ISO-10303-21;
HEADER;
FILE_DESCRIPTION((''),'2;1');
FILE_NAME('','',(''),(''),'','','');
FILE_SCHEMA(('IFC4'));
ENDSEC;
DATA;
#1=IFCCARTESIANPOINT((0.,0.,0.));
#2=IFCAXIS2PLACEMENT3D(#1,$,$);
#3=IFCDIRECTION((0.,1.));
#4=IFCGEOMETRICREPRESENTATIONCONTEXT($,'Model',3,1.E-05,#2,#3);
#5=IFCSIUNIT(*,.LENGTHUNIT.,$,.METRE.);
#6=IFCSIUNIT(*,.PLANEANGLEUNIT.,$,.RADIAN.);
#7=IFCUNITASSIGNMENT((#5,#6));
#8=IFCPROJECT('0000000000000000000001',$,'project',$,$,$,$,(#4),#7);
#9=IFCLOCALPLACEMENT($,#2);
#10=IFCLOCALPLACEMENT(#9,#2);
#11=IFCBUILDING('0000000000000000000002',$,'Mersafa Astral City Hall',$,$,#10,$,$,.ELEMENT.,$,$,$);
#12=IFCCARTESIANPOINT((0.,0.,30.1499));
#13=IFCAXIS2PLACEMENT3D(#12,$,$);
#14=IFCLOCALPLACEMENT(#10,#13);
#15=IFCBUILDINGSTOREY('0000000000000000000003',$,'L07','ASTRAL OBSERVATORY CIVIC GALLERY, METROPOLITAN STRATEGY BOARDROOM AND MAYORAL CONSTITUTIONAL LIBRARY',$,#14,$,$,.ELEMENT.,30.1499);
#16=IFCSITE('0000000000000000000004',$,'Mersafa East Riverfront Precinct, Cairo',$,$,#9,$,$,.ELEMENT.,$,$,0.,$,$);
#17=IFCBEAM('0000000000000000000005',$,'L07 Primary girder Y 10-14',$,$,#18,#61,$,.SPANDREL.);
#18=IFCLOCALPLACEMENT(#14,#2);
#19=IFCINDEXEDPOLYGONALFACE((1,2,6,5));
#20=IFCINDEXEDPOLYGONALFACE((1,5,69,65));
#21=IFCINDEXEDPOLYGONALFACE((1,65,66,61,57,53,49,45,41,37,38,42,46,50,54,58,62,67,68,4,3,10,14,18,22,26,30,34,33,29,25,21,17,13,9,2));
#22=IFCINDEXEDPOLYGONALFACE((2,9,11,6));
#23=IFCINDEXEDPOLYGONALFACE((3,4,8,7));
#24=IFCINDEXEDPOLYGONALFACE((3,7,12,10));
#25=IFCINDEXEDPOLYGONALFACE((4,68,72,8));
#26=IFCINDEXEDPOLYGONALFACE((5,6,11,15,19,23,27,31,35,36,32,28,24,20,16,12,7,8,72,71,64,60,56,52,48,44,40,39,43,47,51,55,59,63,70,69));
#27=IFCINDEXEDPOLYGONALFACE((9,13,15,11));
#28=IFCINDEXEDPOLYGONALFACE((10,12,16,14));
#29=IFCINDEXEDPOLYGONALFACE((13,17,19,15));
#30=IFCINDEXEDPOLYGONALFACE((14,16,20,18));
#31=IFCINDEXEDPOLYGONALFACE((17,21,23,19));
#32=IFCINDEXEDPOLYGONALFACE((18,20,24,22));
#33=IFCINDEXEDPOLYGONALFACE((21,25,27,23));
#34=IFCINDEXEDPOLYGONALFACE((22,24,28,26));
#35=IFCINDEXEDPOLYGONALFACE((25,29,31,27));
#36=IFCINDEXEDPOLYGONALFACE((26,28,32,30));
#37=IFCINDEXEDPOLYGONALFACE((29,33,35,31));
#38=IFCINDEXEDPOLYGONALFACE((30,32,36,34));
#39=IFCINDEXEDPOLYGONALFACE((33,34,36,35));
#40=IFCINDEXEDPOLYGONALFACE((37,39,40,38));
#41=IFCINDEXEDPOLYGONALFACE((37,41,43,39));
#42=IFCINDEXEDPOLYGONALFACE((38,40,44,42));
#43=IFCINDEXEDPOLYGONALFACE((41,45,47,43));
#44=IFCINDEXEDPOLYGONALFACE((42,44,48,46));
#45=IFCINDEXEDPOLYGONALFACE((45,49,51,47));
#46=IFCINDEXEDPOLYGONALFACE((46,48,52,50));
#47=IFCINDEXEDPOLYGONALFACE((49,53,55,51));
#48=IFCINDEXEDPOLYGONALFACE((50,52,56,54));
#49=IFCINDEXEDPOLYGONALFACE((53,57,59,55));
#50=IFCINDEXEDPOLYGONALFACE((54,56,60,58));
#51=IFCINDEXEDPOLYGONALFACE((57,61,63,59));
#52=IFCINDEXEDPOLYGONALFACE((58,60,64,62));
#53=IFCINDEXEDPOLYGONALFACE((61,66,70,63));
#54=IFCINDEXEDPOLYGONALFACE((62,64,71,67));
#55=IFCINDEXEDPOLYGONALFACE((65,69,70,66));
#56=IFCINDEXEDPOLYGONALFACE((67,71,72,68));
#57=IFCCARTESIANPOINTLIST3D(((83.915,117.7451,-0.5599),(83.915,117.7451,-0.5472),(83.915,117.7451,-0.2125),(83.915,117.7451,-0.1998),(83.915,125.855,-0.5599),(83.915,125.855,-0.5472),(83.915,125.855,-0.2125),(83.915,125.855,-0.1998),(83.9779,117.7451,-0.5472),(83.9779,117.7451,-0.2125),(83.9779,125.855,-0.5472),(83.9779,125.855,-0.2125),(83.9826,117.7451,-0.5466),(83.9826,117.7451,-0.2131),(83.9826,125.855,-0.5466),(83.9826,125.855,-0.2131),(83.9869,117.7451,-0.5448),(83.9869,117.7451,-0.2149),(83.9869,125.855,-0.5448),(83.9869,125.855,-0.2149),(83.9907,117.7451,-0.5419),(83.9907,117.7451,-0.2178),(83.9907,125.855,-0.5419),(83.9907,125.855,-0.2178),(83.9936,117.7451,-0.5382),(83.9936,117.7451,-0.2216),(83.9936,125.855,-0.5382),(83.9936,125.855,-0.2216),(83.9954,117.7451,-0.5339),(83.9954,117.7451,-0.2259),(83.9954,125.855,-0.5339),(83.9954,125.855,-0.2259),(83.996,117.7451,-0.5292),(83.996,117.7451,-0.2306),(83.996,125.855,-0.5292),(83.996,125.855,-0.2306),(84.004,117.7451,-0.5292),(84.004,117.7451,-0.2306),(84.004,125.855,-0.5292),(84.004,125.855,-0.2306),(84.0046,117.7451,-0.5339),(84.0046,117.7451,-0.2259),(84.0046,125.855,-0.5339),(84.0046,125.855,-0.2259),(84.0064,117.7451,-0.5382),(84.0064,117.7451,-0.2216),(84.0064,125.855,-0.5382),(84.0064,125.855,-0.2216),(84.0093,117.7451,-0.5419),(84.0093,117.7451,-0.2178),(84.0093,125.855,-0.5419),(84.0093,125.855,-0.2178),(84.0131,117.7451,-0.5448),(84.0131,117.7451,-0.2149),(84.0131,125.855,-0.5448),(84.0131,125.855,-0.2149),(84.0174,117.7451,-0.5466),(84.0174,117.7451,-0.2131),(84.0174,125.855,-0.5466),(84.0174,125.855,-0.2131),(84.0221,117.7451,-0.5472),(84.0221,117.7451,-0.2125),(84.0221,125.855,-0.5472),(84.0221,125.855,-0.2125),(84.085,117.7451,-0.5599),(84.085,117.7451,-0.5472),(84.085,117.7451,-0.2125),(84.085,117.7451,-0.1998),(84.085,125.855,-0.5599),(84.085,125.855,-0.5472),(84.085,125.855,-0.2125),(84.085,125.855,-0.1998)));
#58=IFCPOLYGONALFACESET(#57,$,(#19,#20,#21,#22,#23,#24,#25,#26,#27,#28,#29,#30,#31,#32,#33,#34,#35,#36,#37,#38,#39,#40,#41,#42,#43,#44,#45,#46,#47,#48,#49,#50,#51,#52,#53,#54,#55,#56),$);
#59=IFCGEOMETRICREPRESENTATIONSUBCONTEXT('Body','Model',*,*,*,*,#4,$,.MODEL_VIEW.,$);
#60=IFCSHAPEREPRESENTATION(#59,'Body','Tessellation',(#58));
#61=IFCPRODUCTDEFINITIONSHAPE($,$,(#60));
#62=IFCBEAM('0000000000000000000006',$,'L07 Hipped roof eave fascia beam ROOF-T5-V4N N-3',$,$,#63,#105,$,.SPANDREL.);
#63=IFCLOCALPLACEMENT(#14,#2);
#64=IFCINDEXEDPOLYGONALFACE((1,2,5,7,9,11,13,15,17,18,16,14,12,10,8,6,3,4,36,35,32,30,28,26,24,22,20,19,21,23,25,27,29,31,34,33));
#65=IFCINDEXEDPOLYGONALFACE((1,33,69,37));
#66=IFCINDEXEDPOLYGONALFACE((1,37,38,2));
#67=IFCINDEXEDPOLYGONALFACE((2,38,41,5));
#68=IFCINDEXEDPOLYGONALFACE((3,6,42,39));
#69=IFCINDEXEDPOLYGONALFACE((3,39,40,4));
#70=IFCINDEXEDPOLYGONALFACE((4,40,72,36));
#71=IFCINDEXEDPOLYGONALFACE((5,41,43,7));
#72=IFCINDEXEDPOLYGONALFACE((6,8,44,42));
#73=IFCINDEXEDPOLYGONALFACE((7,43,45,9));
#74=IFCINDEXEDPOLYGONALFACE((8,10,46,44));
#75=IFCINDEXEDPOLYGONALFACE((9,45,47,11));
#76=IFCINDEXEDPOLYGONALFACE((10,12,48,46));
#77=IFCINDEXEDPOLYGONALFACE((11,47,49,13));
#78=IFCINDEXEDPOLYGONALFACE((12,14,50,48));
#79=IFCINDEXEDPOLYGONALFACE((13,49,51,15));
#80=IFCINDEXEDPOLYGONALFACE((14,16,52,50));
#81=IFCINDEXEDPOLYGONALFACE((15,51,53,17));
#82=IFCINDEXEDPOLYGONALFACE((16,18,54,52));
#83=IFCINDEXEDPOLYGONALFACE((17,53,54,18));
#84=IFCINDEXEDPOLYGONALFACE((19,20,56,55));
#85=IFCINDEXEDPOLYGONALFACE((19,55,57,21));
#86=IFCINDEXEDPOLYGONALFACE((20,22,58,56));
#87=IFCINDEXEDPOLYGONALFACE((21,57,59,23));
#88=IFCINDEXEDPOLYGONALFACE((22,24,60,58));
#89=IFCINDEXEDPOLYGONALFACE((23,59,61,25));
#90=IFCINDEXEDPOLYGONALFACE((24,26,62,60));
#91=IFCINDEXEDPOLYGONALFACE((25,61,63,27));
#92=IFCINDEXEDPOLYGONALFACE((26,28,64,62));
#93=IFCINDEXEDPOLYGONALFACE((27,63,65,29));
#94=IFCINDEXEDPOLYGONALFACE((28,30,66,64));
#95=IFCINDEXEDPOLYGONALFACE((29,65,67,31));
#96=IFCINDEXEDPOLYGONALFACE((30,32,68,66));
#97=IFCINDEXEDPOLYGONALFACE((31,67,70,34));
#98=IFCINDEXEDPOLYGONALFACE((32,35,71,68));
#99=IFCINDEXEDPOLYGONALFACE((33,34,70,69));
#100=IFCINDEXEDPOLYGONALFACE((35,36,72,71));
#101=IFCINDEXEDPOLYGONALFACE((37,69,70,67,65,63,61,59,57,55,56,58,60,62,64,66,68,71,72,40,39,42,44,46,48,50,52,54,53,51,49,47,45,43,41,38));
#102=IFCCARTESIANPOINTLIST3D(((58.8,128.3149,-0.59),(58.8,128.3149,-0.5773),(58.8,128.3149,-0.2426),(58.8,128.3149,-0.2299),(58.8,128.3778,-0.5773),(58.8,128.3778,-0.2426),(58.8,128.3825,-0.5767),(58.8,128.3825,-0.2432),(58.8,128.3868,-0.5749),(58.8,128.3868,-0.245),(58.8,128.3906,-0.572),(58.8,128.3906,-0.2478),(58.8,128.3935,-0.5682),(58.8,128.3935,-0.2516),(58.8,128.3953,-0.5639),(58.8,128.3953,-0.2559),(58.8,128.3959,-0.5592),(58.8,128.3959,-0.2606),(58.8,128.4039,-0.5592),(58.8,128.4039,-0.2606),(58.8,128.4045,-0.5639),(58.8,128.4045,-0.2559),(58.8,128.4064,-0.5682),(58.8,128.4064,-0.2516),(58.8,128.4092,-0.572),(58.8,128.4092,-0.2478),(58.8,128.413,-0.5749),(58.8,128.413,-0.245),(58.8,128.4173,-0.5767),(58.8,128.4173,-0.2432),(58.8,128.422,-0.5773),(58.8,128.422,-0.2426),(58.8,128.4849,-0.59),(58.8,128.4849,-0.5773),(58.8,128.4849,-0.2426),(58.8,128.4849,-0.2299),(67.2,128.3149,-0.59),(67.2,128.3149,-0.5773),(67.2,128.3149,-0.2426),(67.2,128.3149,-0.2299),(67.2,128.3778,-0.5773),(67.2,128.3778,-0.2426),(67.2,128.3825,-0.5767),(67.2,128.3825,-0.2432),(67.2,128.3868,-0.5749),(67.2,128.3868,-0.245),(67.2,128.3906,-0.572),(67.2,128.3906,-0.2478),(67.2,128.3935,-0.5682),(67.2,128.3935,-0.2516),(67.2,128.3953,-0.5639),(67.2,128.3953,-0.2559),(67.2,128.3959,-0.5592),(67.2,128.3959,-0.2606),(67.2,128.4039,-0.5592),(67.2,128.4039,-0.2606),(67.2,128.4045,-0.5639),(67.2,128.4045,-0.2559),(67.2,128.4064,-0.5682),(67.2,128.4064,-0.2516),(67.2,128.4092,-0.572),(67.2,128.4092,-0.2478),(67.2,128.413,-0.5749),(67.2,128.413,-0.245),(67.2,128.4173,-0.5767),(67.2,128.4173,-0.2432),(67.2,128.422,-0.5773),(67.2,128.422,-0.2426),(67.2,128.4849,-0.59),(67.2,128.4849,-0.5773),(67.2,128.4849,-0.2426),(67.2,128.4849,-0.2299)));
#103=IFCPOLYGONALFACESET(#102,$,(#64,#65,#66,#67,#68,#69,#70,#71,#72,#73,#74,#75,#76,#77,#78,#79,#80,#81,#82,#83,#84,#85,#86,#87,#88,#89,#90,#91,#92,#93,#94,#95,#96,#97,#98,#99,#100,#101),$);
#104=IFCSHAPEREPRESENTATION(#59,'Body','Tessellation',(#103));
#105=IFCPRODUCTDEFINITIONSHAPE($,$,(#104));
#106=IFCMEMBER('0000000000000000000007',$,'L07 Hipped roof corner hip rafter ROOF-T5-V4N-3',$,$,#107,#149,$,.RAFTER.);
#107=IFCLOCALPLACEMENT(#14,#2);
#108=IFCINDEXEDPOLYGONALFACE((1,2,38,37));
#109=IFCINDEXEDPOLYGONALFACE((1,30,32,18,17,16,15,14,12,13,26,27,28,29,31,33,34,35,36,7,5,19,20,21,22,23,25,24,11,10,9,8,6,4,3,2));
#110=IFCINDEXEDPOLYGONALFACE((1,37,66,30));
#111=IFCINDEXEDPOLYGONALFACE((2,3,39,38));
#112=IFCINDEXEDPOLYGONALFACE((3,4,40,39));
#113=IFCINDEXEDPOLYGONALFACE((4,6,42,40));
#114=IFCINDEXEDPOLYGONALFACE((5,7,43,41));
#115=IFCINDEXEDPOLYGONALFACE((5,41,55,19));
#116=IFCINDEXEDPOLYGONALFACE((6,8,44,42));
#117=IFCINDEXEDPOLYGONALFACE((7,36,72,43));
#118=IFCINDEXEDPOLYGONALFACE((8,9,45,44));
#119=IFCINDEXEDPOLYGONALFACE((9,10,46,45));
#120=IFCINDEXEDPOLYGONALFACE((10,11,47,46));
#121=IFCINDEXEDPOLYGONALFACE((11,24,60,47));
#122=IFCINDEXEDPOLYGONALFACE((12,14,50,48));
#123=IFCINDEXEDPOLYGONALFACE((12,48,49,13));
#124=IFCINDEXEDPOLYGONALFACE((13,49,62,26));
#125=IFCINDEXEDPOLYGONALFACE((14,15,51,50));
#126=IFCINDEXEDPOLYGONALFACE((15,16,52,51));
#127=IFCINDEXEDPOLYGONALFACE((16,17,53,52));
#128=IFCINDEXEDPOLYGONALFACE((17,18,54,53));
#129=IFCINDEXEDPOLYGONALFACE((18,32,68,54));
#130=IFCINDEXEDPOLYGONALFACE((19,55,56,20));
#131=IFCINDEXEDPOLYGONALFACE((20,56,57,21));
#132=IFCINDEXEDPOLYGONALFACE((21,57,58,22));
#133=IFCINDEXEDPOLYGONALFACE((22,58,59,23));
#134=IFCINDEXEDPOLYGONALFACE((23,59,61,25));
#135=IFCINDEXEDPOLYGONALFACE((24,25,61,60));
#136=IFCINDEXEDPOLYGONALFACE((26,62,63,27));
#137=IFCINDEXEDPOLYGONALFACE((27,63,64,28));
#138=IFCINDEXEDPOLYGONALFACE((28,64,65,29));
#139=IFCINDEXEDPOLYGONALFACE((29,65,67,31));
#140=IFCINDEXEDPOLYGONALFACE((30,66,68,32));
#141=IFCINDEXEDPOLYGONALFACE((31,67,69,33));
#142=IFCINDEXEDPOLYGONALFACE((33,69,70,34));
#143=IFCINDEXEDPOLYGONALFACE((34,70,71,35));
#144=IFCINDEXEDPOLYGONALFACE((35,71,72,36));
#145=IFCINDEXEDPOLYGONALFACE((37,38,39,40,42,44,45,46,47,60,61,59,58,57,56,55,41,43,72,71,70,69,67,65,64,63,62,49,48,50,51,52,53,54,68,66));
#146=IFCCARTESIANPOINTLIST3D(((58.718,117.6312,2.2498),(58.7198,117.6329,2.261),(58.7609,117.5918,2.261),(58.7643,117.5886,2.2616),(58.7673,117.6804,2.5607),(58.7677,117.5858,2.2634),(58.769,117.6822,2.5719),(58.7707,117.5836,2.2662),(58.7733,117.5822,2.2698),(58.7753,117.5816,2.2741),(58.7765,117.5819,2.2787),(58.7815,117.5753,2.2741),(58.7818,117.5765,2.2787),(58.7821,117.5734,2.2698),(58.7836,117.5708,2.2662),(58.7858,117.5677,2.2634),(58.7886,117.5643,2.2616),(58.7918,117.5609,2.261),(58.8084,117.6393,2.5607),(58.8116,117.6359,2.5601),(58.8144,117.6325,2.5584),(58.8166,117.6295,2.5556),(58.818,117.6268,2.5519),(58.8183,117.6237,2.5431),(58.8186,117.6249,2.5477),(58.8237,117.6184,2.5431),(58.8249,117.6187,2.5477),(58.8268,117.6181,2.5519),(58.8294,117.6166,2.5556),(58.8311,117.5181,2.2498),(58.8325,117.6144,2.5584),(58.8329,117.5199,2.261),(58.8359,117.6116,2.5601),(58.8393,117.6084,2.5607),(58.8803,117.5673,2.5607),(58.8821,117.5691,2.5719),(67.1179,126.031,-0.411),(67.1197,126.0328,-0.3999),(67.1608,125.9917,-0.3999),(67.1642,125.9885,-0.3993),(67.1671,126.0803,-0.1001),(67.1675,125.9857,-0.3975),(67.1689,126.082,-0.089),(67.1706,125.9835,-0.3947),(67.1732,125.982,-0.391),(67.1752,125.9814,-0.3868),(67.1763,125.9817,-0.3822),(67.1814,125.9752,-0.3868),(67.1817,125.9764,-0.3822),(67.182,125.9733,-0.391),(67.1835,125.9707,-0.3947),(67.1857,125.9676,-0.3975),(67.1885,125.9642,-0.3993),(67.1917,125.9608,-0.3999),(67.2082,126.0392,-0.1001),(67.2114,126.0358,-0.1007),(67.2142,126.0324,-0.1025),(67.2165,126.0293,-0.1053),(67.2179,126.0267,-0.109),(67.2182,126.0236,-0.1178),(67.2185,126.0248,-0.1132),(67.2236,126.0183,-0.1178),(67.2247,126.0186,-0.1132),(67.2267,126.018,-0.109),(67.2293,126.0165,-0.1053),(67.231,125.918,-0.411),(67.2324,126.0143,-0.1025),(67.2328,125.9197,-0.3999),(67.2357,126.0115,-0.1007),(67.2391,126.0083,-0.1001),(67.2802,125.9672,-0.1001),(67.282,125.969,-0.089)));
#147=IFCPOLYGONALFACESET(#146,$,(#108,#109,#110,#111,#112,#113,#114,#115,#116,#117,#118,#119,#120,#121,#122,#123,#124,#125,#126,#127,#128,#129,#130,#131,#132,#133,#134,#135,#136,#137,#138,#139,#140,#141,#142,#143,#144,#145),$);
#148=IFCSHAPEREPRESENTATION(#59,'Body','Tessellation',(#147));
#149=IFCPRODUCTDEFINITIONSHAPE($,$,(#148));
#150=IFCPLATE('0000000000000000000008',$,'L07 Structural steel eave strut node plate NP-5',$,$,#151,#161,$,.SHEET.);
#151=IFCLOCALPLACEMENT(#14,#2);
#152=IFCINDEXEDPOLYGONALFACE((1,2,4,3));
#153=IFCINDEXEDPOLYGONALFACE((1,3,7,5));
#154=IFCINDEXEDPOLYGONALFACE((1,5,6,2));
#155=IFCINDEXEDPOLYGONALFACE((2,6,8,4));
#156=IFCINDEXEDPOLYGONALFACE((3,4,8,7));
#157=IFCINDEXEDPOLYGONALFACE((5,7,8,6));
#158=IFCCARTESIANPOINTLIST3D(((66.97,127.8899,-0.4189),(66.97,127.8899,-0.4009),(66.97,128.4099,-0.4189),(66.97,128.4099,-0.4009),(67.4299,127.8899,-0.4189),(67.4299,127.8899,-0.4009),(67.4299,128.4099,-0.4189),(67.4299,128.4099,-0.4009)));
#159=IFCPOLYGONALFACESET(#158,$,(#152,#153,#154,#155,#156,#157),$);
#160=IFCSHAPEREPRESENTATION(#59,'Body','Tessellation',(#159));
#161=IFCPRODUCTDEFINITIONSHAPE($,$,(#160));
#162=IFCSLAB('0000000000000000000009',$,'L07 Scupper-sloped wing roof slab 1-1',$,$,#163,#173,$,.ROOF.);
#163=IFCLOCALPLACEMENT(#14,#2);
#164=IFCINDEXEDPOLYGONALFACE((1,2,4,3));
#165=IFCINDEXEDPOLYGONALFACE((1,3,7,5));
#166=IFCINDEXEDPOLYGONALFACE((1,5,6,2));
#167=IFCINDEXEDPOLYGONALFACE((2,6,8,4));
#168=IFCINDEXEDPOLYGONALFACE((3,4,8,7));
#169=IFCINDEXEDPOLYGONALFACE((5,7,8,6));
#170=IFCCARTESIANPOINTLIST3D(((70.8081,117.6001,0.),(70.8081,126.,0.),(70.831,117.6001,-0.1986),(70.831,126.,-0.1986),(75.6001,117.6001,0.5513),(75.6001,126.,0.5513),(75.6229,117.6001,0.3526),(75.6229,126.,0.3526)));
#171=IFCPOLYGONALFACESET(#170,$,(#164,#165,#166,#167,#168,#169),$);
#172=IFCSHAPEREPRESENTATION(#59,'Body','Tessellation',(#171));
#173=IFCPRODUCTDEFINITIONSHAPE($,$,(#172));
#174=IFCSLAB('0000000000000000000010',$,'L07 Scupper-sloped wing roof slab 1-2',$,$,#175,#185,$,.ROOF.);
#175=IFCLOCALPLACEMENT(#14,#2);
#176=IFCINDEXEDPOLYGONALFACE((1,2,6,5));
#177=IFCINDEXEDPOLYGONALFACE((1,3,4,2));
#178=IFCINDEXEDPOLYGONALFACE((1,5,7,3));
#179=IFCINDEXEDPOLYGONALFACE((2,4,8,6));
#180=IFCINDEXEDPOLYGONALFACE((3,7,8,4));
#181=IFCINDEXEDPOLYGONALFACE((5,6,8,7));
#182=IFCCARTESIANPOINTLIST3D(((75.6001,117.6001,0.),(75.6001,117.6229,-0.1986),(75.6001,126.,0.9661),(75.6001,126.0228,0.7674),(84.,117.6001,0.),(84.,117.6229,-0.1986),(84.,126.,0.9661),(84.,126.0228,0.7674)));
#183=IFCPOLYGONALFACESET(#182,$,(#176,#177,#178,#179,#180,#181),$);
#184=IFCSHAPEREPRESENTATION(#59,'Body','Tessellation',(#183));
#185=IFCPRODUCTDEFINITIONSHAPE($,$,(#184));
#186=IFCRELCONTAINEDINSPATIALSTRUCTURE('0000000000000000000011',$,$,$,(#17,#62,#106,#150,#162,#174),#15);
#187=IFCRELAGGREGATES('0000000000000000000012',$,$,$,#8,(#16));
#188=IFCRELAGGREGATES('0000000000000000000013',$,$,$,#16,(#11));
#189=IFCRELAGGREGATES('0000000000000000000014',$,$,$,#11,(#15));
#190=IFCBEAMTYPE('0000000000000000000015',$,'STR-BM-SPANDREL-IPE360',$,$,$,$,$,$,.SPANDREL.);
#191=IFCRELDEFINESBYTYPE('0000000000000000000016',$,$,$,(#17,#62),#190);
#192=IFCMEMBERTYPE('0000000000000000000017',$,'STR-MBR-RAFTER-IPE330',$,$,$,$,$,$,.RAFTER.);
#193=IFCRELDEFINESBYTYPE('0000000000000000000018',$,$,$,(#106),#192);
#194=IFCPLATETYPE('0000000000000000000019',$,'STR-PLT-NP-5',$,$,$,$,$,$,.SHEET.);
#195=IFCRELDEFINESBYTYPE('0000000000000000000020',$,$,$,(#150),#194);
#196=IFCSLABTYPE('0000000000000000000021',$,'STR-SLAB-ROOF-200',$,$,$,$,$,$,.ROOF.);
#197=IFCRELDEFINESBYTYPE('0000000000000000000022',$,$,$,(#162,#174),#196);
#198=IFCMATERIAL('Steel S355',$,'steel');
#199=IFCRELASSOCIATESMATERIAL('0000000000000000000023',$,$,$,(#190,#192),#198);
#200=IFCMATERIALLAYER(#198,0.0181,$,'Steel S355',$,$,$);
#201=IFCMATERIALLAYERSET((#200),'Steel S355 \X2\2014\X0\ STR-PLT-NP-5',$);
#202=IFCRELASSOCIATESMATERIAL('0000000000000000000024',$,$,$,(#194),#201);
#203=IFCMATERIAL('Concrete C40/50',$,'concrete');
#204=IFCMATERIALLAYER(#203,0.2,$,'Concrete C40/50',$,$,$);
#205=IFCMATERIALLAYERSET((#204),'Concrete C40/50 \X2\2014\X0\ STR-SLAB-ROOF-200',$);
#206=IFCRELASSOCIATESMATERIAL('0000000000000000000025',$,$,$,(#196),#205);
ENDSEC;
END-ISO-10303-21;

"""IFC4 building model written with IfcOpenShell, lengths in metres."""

from ifc_helpers import new_model, si_unit, direction, frame, origin, origin_2d, place, context, subcontext, project, spatial, polyline, rectangle, i_section, outline, extrude, material, layer, layer_set, material_profile, profile_set, type_object, element, save


model = new_model("IFC4")

# Units and contexts
model_context = context("Model", 3, precision=1e-05, world=origin(), true_north=direction((0.0, 1.0)))
body_context = subcontext(model_context, "Body", "Model", "MODEL_VIEW")
ifc_project = project(units=[si_unit("LENGTHUNIT", "METRE"), si_unit("PLANEANGLEUNIT", "RADIAN")], contexts=[model_context])

# Site, building, storey
site_placement = place(None, origin())
site = spatial("IfcSite", under=ifc_project, at=site_placement, Name="Mersafa East Riverfront Precinct, Cairo", CompositionType="ELEMENT", RefElevation=0.0)
building_placement = place(site_placement, origin())
building = spatial("IfcBuilding", under=site, at=building_placement, Name="Mersafa Astral City Hall", CompositionType="ELEMENT")
storey_placement = place(building_placement, frame((0.0, 0.0, 30.1499)))
storey = spatial("IfcBuildingStorey", under=building, at=storey_placement, Name="L07", Description="ASTRAL OBSERVATORY CIVIC GALLERY, METROPOLITAN STRATEGY BOARDROOM AND MAYORAL CONSTITUTIONAL LIBRARY", CompositionType="ELEMENT", Elevation=30.1499)

# Beams
ifc_material_1 = material(Name="Steel S355", Category="steel")
ifc_material_profile_1 = material_profile(ifc_material_1, i_section(OverallWidth=0.1699, OverallDepth=0.3601, WebThickness=0.0081, FlangeThickness=0.0127, FilletRadius=0.0181, at=origin_2d()), Name="IPE 360")
ifc_profile_set_1 = profile_set([ifc_material_profile_1], Name="Steel S355")
beam_type_1 = type_object("IfcBeamType", Name="STR-BM-SPANDREL-IPE360", PredefinedType="SPANDREL", material=ifc_profile_set_1)
for number, where, z_axis, x_axis, name in (
    (1, (84.0, 117.7451, -0.3799), (0.0, 1.0, 0.0), (-1.0, 0.0, 0.0), "L07 Primary girder Y 10-14"),
):
    element("IfcBeam", number, at=place(storey_placement, frame(where, z_axis=z_axis, x_axis=x_axis)), inside=storey, type_object=beam_type_1, Name=name, PredefinedType="SPANDREL", context=body_context, shape_type="SweptSolid", body=[
        extrude(i_section(OverallWidth=0.1699, OverallDepth=0.3601, WebThickness=0.0081, FlangeThickness=0.0127, FilletRadius=0.0181, at=origin_2d()), origin(), (0.0, 0.0, 1.0), 8.1099),
    ])
beam_1_placement = place(storey_placement, frame((58.8, 128.3999, -0.4099), z_axis=(1.0, 0.0, 0.0), x_axis=(0.0, 1.0, 0.0)))
element("IfcBeam", 2, at=beam_1_placement, inside=storey, type_object=beam_type_1, Name="L07 Hipped roof eave fascia beam ROOF-T5-V4N N-3", PredefinedType="SPANDREL", context=body_context, shape_type="SweptSolid", body=[
    extrude(i_section(OverallWidth=0.1699, OverallDepth=0.3601, WebThickness=0.0081, FlangeThickness=0.0127, FilletRadius=0.0181, at=origin_2d()), origin(), (0.0, 0.0, 1.0), 8.3999),
])

# Member
ifc_material_profile_2 = material_profile(ifc_material_1, i_section(OverallWidth=0.1599, OverallDepth=0.3301, WebThickness=0.0076, FlangeThickness=0.0115, FilletRadius=0.0181, at=origin_2d()), Name="IPE 330")
ifc_profile_set_2 = profile_set([ifc_material_profile_2], Name="Steel S355")
member_type = type_object("IfcMemberType", Name="STR-MBR-RAFTER-IPE330", PredefinedType="RAFTER", material=ifc_profile_set_2)
member_placement = place(storey_placement, frame((67.2, 126.0, -0.25), z_axis=(-0.690009, -0.690009, 0.218578), x_axis=(0.707107, -0.707107, 0.0)))
element("IfcMember", 3, at=member_placement, inside=storey, type_object=member_type, Name="L07 Hipped roof corner hip rafter ROOF-T5-V4N-3", PredefinedType="RAFTER", context=body_context, shape_type="SweptSolid", body=[
    extrude(i_section(OverallWidth=0.1599, OverallDepth=0.3301, WebThickness=0.0076, FlangeThickness=0.0115, FilletRadius=0.0181, at=origin_2d()), origin(), (0.0, 0.0, 1.0), 12.1736),
])

# Plate
ifc_layer_1 = layer(ifc_material_1, 0.0181, Name="Steel S355")
ifc_layer_set_1 = layer_set([ifc_layer_1], Name="Steel S355 — STR-PLT-NP-5")
plate_type = type_object("IfcPlateType", Name="STR-PLT-NP-5", PredefinedType="SHEET", material=ifc_layer_set_1)
plate_placement = place(storey_placement, frame((67.2, 128.1499, -0.4189), z_axis=(0.0, 0.0, 1.0), x_axis=(1.0, 0.0, 0.0)))
element("IfcPlate", 4, at=plate_placement, inside=storey, type_object=plate_type, Name="L07 Structural steel eave strut node plate NP-5", PredefinedType="SHEET", context=body_context, shape_type="SweptSolid", body=[
    extrude(rectangle(XDim=0.46, YDim=0.52, at=origin_2d()), origin(), (0.0, 0.0, 1.0), 0.0181),
])

# Slabs
ifc_material_2 = material(Name="Concrete C40/50", Category="concrete")
ifc_layer_2 = layer(ifc_material_2, 0.2, Name="Concrete C40/50")
ifc_layer_set_2 = layer_set([ifc_layer_2], Name="Concrete C40/50 — STR-SLAB-ROOF-200")
slab_type_1 = type_object("IfcSlabType", Name="STR-SLAB-ROOF-200", PredefinedType="ROOF", material=ifc_layer_set_2)
slab_1_placement = place(storey_placement, frame((70.8081, 117.6001, 0.0), z_axis=(-0.114286, 0.0, 0.993448), x_axis=(0.993448, 0.0, 0.114286)))
element("IfcSlab", 5, at=slab_1_placement, inside=storey, type_object=slab_type_1, Name="L07 Scupper-sloped wing roof slab 1-1", PredefinedType="ROOF", context=body_context, shape_type="SweptSolid", body=[
    extrude(outline(polyline([(0.0, 0.0), (4.8236, 0.0), (4.8236, 8.3999), (0.0, 8.3999), (0.0, 0.0)])), origin(), (0.0, 0.0, -1.0), 0.2),
])
for number, where, z_axis, x_axis, name in (
    (6, (75.6001, 117.6001, 0.0), (0.0, -0.114256, 0.993451), (1.0, 0.0, 0.0), "L07 Scupper-sloped wing roof slab 1-2"),
):
    element("IfcSlab", number, at=place(storey_placement, frame(where, z_axis=z_axis, x_axis=x_axis)), inside=storey, type_object=slab_type_1, Name=name, PredefinedType="ROOF", context=body_context, shape_type="SweptSolid", body=[
        extrude(outline(polyline([(0.0, 0.0), (8.3999, 0.0), (8.3999, 8.4553), (0.0, 8.4553), (0.0, 0.0)])), origin(), (0.0, 0.0, -1.0), 0.2),
    ])

save(model, "model.ifc")
